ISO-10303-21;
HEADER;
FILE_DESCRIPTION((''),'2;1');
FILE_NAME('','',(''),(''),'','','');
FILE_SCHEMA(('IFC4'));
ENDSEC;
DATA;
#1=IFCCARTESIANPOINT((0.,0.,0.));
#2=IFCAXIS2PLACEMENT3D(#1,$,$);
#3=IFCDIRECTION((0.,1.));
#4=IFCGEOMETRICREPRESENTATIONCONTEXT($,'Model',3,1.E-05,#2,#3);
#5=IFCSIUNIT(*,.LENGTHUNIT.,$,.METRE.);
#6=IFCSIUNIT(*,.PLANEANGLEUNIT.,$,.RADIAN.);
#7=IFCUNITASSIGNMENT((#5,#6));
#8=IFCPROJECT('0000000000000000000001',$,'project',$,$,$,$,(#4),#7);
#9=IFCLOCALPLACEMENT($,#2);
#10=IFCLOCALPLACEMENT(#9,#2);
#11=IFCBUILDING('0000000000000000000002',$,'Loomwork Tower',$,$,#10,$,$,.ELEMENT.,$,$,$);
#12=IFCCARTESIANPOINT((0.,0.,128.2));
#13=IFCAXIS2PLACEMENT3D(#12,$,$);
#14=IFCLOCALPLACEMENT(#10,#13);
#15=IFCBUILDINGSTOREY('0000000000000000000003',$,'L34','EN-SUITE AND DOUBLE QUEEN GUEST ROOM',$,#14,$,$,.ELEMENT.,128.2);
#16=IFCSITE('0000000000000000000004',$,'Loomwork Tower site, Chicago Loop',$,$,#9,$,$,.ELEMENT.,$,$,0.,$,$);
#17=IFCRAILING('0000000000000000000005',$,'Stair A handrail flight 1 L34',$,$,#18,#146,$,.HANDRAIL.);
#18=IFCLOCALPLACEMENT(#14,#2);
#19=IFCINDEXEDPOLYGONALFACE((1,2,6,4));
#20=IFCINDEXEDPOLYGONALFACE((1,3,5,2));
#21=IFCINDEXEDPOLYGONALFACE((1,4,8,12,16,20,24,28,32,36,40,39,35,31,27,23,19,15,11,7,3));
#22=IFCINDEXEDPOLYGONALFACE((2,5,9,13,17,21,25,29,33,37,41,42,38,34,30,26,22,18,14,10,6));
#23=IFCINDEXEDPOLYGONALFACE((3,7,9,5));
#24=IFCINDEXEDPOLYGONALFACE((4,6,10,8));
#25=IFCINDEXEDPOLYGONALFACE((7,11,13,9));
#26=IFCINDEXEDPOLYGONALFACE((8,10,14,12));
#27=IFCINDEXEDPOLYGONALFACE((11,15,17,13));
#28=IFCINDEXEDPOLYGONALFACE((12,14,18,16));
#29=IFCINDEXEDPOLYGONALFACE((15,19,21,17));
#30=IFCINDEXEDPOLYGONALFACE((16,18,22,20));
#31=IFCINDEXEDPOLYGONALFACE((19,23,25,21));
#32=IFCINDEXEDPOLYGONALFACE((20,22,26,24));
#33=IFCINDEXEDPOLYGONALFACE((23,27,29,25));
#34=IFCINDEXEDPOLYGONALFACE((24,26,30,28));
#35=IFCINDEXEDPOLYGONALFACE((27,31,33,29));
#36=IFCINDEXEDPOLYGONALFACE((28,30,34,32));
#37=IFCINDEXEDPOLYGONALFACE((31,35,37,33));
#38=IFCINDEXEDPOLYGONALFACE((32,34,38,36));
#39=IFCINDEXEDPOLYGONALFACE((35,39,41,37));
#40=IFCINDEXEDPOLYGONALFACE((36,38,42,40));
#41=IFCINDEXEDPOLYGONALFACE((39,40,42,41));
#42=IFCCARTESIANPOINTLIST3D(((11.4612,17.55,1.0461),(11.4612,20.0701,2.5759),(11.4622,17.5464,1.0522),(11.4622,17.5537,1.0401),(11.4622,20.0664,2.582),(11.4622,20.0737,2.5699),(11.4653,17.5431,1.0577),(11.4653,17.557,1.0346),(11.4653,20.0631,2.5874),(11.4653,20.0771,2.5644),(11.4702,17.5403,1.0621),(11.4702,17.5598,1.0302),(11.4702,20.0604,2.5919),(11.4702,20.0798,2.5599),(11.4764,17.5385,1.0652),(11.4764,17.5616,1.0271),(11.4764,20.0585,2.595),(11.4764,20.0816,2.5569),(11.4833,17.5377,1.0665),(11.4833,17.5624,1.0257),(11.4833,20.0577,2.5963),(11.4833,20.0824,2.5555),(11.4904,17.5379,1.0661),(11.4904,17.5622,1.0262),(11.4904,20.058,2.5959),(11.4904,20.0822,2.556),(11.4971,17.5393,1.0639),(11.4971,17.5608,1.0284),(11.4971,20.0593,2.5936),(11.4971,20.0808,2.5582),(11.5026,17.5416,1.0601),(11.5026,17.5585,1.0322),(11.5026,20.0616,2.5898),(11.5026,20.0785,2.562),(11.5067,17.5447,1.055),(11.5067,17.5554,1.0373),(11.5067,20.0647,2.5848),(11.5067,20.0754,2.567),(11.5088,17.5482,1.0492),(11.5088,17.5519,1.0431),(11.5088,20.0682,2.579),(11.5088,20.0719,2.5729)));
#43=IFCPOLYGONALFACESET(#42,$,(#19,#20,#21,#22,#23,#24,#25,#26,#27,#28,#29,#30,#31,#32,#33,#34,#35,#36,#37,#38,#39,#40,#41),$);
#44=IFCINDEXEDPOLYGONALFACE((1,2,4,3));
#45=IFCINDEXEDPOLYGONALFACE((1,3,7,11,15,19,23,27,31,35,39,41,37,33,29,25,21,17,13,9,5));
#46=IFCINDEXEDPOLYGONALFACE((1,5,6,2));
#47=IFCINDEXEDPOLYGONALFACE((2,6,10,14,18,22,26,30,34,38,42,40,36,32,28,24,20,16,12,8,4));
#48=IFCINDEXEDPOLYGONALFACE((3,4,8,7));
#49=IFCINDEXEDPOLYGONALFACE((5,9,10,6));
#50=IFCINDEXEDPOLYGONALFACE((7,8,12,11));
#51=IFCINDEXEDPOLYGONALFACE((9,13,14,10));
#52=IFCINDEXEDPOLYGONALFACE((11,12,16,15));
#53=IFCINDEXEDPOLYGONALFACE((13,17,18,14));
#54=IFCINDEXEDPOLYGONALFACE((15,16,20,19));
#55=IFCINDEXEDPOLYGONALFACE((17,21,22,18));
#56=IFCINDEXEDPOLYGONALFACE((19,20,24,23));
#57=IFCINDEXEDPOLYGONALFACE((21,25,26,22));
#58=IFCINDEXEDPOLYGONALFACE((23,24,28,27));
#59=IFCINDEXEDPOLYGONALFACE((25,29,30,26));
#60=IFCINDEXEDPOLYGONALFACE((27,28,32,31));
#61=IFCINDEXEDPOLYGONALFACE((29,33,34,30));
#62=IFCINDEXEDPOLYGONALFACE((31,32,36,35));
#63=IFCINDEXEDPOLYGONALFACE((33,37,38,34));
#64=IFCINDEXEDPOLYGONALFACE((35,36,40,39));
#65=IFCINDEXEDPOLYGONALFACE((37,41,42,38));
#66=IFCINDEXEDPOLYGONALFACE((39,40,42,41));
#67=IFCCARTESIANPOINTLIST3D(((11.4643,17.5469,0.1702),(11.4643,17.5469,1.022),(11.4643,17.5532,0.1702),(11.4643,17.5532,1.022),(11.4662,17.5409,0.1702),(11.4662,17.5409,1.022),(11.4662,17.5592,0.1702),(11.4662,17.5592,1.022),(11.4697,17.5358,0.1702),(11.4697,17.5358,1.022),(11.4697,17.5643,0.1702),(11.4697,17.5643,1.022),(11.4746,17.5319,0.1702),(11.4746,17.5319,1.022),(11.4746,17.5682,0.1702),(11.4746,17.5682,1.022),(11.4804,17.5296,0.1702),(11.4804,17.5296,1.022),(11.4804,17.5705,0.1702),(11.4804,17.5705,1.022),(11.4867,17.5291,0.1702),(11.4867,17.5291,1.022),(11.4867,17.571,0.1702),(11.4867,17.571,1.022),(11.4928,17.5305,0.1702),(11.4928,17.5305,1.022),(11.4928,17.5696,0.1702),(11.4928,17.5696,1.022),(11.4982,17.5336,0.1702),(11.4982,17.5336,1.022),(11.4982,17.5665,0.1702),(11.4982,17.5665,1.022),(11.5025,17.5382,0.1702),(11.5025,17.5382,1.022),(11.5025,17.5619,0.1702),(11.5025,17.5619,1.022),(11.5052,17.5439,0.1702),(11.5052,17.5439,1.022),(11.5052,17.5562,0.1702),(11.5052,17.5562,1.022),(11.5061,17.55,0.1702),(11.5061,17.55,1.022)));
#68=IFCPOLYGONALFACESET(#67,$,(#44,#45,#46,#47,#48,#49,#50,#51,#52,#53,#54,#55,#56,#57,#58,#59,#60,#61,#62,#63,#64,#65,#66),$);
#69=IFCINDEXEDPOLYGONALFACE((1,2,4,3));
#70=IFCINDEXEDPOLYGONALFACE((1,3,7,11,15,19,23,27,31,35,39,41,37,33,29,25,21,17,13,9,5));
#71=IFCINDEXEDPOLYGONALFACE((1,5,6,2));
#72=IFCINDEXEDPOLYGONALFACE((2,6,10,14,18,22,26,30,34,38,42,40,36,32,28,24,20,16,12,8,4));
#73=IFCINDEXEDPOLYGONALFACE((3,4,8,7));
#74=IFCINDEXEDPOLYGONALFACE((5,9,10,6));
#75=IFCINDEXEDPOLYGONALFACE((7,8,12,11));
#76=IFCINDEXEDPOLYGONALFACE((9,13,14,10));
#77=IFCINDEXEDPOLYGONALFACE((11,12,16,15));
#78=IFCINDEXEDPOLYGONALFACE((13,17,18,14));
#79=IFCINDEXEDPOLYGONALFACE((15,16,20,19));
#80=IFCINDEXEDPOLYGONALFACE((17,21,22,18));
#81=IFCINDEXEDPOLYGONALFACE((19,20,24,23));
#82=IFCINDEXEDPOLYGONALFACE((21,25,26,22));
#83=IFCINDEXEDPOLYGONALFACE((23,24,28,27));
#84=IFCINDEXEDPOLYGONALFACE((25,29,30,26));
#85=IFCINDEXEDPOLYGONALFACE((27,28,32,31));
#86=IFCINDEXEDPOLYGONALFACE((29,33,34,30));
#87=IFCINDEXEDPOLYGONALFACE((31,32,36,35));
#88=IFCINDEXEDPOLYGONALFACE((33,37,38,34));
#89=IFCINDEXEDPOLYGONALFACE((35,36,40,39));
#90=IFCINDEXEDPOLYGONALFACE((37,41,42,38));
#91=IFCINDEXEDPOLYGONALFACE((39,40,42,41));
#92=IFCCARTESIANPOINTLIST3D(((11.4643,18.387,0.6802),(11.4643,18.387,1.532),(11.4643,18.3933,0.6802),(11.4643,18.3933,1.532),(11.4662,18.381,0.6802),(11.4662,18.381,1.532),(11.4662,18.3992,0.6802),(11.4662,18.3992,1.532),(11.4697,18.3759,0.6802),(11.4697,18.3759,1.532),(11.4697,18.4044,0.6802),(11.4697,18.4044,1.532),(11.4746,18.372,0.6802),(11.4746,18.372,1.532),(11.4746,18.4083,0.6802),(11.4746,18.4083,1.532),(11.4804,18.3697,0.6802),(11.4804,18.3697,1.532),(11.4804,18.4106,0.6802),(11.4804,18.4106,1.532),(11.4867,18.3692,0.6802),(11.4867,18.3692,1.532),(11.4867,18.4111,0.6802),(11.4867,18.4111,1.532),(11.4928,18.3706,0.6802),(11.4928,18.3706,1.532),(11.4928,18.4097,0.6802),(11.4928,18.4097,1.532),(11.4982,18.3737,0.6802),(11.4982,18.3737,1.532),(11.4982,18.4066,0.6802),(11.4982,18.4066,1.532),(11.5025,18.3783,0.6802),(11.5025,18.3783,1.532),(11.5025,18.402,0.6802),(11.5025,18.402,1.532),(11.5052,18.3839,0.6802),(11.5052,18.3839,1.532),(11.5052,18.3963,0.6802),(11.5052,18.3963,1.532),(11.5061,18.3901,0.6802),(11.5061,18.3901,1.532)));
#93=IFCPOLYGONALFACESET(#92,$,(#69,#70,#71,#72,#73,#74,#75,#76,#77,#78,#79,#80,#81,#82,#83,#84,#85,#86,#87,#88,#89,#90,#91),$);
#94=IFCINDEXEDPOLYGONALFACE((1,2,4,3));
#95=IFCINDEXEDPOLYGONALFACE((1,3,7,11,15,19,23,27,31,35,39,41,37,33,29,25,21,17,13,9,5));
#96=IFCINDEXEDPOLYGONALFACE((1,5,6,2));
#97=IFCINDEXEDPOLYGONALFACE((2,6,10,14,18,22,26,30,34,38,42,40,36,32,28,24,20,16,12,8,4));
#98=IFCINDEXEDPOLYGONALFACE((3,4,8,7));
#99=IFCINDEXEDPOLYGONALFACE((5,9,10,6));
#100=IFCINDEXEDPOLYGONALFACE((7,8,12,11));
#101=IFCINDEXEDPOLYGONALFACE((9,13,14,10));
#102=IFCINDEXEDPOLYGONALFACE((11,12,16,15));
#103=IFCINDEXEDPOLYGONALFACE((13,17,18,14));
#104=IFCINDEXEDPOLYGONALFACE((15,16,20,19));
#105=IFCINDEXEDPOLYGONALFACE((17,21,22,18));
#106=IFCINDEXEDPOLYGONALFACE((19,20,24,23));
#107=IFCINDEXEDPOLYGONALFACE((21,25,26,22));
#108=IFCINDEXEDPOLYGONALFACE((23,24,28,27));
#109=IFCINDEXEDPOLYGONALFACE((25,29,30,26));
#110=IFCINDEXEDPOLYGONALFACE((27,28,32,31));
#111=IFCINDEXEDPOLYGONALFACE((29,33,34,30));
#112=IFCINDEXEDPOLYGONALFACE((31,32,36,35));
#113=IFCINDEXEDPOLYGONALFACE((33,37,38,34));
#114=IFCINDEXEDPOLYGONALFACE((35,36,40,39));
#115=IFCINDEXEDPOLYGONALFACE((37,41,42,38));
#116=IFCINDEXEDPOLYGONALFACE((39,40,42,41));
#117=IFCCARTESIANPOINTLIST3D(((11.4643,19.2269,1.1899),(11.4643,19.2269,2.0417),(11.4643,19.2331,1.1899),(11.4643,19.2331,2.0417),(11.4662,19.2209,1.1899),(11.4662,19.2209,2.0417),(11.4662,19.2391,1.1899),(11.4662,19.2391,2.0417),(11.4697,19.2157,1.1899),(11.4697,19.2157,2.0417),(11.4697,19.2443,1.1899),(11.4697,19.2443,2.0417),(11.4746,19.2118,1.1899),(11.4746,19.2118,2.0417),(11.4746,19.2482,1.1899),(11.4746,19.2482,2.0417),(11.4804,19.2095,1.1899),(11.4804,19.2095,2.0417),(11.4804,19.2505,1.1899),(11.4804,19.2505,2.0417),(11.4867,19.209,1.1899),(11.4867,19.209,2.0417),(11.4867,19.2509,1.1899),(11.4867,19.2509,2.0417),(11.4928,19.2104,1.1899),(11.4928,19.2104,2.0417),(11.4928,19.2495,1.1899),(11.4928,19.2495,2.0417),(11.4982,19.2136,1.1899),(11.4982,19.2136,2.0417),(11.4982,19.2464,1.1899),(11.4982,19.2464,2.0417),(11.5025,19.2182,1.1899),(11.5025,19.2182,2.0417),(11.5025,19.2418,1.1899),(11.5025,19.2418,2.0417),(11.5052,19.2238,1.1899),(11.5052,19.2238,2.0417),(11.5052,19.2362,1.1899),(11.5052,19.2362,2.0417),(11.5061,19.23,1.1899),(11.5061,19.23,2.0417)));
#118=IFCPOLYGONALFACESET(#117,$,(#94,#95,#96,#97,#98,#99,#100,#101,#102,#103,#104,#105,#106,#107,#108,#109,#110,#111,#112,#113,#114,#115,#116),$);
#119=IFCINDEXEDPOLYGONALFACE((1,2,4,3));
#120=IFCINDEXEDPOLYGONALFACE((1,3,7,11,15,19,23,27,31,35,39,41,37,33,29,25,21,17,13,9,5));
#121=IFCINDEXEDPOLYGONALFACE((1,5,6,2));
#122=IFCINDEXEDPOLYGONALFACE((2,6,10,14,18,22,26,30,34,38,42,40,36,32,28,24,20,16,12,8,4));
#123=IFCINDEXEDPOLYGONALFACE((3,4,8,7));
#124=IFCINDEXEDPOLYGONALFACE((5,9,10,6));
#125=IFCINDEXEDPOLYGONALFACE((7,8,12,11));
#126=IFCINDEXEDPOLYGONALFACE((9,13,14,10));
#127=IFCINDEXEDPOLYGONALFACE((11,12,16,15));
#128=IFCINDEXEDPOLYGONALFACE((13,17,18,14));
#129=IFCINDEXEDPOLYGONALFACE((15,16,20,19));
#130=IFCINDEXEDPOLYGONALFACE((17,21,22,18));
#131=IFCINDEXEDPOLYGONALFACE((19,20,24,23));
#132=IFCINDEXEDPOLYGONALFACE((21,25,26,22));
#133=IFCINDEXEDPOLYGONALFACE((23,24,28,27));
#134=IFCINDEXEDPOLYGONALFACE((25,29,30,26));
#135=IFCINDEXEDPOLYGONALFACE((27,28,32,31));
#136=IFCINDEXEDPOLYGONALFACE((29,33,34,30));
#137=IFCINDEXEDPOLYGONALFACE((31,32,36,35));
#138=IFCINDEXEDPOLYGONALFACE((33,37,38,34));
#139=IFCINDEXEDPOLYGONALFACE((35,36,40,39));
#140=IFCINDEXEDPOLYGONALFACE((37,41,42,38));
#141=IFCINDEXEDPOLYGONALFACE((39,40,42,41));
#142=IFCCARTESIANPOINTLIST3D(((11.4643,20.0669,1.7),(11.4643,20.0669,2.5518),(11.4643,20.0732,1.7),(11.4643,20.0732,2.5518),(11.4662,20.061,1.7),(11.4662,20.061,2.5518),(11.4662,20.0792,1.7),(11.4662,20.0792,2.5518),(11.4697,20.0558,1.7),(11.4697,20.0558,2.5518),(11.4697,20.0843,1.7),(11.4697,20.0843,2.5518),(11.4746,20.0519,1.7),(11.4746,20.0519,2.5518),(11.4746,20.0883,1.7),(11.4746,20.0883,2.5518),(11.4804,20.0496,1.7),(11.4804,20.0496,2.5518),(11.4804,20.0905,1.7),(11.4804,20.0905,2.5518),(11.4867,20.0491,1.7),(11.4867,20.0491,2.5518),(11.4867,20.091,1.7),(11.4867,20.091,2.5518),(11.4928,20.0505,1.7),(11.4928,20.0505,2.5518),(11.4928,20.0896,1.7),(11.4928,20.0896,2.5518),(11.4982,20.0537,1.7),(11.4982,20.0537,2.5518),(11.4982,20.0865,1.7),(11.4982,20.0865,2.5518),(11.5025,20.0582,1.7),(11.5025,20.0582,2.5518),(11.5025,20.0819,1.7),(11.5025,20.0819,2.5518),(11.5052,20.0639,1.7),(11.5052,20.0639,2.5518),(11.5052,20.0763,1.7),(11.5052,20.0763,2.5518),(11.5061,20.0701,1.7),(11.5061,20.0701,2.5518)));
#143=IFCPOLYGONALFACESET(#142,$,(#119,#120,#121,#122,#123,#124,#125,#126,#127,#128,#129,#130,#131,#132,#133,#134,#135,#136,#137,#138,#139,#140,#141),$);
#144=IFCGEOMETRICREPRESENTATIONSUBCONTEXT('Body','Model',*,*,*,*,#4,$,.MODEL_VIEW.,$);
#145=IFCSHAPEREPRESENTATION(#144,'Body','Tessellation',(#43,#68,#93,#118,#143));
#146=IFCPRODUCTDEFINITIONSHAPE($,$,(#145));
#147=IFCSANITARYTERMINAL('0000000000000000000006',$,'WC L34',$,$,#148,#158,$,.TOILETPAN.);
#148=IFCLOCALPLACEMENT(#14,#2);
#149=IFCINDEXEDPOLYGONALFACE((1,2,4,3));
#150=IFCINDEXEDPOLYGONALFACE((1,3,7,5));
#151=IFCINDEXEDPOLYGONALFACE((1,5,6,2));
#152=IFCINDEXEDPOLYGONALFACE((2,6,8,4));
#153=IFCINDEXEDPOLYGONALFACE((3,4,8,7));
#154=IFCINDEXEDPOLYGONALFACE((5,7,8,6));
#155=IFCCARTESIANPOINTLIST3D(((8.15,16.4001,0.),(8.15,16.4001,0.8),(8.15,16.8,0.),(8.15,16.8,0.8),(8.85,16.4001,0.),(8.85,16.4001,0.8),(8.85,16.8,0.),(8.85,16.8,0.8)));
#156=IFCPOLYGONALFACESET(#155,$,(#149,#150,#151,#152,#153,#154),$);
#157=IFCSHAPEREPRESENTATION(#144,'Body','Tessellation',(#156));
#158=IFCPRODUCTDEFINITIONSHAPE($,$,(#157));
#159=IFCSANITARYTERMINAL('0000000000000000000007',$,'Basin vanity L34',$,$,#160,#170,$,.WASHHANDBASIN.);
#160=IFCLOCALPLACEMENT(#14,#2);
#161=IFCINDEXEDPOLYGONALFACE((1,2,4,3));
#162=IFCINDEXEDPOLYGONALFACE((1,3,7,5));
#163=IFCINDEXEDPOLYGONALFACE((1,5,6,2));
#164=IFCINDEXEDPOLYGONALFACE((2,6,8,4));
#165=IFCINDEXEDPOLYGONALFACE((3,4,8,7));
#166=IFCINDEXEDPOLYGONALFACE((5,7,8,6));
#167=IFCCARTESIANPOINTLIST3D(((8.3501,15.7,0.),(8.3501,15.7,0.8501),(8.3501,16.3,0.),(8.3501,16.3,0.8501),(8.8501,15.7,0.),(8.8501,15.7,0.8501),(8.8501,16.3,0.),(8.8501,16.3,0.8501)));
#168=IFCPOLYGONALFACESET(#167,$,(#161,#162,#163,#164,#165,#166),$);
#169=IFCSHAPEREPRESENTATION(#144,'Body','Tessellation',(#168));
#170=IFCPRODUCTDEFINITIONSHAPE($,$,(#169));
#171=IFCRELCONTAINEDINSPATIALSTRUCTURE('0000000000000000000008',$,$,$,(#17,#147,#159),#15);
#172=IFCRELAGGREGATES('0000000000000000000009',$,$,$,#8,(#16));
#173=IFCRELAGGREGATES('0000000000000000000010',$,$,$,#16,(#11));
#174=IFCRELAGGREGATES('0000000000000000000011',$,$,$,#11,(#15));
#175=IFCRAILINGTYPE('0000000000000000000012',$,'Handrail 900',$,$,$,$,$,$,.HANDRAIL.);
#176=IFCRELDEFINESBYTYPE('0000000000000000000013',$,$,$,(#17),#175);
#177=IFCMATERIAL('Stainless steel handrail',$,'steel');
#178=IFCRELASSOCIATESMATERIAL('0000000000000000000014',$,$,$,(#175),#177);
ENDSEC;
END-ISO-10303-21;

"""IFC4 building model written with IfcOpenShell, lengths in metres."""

from ifc_helpers import new_model, si_unit, direction, frame, origin, origin_2d, place, context, subcontext, project, spatial, rectangle, circle, extrude, material, type_object, element, save


model = new_model("IFC4")

# Units and contexts
model_context = context("Model", 3, precision=1e-05, world=origin(), true_north=direction((0.0, 1.0)))
body_context = subcontext(model_context, "Body", "Model", "MODEL_VIEW")
ifc_project = project(units=[si_unit("LENGTHUNIT", "METRE"), si_unit("PLANEANGLEUNIT", "RADIAN")], contexts=[model_context])

# Site, building, storey
site_placement = place(None, origin())
site = spatial("IfcSite", under=ifc_project, at=site_placement, Name="Loomwork Tower site, Chicago Loop", CompositionType="ELEMENT", RefElevation=0.0)
building_placement = place(site_placement, origin())
building = spatial("IfcBuilding", under=site, at=building_placement, Name="Loomwork Tower", CompositionType="ELEMENT")
storey_placement = place(building_placement, frame((0.0, 0.0, 128.2)))
storey = spatial("IfcBuildingStorey", under=building, at=storey_placement, Name="L34", Description="EN-SUITE AND DOUBLE QUEEN GUEST ROOM", CompositionType="ELEMENT", Elevation=128.2)

# Railing
ifc_material_1 = material(Name="Stainless steel handrail", Category="steel")
railing_type = type_object("IfcRailingType", Name="Handrail 900", PredefinedType="HANDRAIL", material=ifc_material_1)
railing_placement = place(storey_placement, frame((11.4851, 17.55, 0.1702)))
element("IfcRailing", 1, at=railing_placement, inside=storey, type_object=railing_type, Name="Stair A handrail flight 1 L34", PredefinedType="HANDRAIL", context=body_context, shape_type="SweptSolid", body=[
    extrude(circle(Radius=0.0239, at=origin_2d()), frame((0.0, 0.0, 0.876), z_axis=(0.0, 0.854822, 0.518922), x_axis=(-1.0, 0.0, 0.0)), (0.0, 0.0, 1.0), 2.948),
    extrude(circle(Radius=0.021, at=origin_2d()), origin(), (0.0, 0.0, 1.0), 0.8518),
    extrude(circle(Radius=0.021, at=origin_2d()), frame((0.0, 0.8401, 0.51)), (0.0, 0.0, 1.0), 0.8518),
    extrude(circle(Radius=0.021, at=origin_2d()), frame((0.0, 1.6799, 1.0198)), (0.0, 0.0, 1.0), 0.8518),
    extrude(circle(Radius=0.021, at=origin_2d()), frame((0.0, 2.52, 1.5298)), (0.0, 0.0, 1.0), 0.8518),
])

# Sanitary terminals
sanitary_terminal_1_placement = place(storey_placement, frame((8.5, 16.6001, 0.0), z_axis=(0.0, 0.0, 1.0), x_axis=(1.0, 0.0, 0.0)))
element("IfcSanitaryTerminal", 2, at=sanitary_terminal_1_placement, inside=storey, Name="WC L34", PredefinedType="TOILETPAN", context=body_context, shape_type="SweptSolid", body=[
    extrude(rectangle(XDim=0.7, YDim=0.3999, at=origin_2d()), origin(), (0.0, 0.0, 1.0), 0.8),
])
sanitary_terminal_2_placement = place(storey_placement, frame((8.6001, 16.0, 0.0), z_axis=(0.0, 0.0, 1.0), x_axis=(1.0, 0.0, 0.0)))
element("IfcSanitaryTerminal", 3, at=sanitary_terminal_2_placement, inside=storey, Name="Basin vanity L34", PredefinedType="WASHHANDBASIN", context=body_context, shape_type="SweptSolid", body=[
    extrude(rectangle(XDim=0.5, YDim=0.6001, at=origin_2d()), origin(), (0.0, 0.0, 1.0), 0.8501),
])

save(model, "model.ifc")
